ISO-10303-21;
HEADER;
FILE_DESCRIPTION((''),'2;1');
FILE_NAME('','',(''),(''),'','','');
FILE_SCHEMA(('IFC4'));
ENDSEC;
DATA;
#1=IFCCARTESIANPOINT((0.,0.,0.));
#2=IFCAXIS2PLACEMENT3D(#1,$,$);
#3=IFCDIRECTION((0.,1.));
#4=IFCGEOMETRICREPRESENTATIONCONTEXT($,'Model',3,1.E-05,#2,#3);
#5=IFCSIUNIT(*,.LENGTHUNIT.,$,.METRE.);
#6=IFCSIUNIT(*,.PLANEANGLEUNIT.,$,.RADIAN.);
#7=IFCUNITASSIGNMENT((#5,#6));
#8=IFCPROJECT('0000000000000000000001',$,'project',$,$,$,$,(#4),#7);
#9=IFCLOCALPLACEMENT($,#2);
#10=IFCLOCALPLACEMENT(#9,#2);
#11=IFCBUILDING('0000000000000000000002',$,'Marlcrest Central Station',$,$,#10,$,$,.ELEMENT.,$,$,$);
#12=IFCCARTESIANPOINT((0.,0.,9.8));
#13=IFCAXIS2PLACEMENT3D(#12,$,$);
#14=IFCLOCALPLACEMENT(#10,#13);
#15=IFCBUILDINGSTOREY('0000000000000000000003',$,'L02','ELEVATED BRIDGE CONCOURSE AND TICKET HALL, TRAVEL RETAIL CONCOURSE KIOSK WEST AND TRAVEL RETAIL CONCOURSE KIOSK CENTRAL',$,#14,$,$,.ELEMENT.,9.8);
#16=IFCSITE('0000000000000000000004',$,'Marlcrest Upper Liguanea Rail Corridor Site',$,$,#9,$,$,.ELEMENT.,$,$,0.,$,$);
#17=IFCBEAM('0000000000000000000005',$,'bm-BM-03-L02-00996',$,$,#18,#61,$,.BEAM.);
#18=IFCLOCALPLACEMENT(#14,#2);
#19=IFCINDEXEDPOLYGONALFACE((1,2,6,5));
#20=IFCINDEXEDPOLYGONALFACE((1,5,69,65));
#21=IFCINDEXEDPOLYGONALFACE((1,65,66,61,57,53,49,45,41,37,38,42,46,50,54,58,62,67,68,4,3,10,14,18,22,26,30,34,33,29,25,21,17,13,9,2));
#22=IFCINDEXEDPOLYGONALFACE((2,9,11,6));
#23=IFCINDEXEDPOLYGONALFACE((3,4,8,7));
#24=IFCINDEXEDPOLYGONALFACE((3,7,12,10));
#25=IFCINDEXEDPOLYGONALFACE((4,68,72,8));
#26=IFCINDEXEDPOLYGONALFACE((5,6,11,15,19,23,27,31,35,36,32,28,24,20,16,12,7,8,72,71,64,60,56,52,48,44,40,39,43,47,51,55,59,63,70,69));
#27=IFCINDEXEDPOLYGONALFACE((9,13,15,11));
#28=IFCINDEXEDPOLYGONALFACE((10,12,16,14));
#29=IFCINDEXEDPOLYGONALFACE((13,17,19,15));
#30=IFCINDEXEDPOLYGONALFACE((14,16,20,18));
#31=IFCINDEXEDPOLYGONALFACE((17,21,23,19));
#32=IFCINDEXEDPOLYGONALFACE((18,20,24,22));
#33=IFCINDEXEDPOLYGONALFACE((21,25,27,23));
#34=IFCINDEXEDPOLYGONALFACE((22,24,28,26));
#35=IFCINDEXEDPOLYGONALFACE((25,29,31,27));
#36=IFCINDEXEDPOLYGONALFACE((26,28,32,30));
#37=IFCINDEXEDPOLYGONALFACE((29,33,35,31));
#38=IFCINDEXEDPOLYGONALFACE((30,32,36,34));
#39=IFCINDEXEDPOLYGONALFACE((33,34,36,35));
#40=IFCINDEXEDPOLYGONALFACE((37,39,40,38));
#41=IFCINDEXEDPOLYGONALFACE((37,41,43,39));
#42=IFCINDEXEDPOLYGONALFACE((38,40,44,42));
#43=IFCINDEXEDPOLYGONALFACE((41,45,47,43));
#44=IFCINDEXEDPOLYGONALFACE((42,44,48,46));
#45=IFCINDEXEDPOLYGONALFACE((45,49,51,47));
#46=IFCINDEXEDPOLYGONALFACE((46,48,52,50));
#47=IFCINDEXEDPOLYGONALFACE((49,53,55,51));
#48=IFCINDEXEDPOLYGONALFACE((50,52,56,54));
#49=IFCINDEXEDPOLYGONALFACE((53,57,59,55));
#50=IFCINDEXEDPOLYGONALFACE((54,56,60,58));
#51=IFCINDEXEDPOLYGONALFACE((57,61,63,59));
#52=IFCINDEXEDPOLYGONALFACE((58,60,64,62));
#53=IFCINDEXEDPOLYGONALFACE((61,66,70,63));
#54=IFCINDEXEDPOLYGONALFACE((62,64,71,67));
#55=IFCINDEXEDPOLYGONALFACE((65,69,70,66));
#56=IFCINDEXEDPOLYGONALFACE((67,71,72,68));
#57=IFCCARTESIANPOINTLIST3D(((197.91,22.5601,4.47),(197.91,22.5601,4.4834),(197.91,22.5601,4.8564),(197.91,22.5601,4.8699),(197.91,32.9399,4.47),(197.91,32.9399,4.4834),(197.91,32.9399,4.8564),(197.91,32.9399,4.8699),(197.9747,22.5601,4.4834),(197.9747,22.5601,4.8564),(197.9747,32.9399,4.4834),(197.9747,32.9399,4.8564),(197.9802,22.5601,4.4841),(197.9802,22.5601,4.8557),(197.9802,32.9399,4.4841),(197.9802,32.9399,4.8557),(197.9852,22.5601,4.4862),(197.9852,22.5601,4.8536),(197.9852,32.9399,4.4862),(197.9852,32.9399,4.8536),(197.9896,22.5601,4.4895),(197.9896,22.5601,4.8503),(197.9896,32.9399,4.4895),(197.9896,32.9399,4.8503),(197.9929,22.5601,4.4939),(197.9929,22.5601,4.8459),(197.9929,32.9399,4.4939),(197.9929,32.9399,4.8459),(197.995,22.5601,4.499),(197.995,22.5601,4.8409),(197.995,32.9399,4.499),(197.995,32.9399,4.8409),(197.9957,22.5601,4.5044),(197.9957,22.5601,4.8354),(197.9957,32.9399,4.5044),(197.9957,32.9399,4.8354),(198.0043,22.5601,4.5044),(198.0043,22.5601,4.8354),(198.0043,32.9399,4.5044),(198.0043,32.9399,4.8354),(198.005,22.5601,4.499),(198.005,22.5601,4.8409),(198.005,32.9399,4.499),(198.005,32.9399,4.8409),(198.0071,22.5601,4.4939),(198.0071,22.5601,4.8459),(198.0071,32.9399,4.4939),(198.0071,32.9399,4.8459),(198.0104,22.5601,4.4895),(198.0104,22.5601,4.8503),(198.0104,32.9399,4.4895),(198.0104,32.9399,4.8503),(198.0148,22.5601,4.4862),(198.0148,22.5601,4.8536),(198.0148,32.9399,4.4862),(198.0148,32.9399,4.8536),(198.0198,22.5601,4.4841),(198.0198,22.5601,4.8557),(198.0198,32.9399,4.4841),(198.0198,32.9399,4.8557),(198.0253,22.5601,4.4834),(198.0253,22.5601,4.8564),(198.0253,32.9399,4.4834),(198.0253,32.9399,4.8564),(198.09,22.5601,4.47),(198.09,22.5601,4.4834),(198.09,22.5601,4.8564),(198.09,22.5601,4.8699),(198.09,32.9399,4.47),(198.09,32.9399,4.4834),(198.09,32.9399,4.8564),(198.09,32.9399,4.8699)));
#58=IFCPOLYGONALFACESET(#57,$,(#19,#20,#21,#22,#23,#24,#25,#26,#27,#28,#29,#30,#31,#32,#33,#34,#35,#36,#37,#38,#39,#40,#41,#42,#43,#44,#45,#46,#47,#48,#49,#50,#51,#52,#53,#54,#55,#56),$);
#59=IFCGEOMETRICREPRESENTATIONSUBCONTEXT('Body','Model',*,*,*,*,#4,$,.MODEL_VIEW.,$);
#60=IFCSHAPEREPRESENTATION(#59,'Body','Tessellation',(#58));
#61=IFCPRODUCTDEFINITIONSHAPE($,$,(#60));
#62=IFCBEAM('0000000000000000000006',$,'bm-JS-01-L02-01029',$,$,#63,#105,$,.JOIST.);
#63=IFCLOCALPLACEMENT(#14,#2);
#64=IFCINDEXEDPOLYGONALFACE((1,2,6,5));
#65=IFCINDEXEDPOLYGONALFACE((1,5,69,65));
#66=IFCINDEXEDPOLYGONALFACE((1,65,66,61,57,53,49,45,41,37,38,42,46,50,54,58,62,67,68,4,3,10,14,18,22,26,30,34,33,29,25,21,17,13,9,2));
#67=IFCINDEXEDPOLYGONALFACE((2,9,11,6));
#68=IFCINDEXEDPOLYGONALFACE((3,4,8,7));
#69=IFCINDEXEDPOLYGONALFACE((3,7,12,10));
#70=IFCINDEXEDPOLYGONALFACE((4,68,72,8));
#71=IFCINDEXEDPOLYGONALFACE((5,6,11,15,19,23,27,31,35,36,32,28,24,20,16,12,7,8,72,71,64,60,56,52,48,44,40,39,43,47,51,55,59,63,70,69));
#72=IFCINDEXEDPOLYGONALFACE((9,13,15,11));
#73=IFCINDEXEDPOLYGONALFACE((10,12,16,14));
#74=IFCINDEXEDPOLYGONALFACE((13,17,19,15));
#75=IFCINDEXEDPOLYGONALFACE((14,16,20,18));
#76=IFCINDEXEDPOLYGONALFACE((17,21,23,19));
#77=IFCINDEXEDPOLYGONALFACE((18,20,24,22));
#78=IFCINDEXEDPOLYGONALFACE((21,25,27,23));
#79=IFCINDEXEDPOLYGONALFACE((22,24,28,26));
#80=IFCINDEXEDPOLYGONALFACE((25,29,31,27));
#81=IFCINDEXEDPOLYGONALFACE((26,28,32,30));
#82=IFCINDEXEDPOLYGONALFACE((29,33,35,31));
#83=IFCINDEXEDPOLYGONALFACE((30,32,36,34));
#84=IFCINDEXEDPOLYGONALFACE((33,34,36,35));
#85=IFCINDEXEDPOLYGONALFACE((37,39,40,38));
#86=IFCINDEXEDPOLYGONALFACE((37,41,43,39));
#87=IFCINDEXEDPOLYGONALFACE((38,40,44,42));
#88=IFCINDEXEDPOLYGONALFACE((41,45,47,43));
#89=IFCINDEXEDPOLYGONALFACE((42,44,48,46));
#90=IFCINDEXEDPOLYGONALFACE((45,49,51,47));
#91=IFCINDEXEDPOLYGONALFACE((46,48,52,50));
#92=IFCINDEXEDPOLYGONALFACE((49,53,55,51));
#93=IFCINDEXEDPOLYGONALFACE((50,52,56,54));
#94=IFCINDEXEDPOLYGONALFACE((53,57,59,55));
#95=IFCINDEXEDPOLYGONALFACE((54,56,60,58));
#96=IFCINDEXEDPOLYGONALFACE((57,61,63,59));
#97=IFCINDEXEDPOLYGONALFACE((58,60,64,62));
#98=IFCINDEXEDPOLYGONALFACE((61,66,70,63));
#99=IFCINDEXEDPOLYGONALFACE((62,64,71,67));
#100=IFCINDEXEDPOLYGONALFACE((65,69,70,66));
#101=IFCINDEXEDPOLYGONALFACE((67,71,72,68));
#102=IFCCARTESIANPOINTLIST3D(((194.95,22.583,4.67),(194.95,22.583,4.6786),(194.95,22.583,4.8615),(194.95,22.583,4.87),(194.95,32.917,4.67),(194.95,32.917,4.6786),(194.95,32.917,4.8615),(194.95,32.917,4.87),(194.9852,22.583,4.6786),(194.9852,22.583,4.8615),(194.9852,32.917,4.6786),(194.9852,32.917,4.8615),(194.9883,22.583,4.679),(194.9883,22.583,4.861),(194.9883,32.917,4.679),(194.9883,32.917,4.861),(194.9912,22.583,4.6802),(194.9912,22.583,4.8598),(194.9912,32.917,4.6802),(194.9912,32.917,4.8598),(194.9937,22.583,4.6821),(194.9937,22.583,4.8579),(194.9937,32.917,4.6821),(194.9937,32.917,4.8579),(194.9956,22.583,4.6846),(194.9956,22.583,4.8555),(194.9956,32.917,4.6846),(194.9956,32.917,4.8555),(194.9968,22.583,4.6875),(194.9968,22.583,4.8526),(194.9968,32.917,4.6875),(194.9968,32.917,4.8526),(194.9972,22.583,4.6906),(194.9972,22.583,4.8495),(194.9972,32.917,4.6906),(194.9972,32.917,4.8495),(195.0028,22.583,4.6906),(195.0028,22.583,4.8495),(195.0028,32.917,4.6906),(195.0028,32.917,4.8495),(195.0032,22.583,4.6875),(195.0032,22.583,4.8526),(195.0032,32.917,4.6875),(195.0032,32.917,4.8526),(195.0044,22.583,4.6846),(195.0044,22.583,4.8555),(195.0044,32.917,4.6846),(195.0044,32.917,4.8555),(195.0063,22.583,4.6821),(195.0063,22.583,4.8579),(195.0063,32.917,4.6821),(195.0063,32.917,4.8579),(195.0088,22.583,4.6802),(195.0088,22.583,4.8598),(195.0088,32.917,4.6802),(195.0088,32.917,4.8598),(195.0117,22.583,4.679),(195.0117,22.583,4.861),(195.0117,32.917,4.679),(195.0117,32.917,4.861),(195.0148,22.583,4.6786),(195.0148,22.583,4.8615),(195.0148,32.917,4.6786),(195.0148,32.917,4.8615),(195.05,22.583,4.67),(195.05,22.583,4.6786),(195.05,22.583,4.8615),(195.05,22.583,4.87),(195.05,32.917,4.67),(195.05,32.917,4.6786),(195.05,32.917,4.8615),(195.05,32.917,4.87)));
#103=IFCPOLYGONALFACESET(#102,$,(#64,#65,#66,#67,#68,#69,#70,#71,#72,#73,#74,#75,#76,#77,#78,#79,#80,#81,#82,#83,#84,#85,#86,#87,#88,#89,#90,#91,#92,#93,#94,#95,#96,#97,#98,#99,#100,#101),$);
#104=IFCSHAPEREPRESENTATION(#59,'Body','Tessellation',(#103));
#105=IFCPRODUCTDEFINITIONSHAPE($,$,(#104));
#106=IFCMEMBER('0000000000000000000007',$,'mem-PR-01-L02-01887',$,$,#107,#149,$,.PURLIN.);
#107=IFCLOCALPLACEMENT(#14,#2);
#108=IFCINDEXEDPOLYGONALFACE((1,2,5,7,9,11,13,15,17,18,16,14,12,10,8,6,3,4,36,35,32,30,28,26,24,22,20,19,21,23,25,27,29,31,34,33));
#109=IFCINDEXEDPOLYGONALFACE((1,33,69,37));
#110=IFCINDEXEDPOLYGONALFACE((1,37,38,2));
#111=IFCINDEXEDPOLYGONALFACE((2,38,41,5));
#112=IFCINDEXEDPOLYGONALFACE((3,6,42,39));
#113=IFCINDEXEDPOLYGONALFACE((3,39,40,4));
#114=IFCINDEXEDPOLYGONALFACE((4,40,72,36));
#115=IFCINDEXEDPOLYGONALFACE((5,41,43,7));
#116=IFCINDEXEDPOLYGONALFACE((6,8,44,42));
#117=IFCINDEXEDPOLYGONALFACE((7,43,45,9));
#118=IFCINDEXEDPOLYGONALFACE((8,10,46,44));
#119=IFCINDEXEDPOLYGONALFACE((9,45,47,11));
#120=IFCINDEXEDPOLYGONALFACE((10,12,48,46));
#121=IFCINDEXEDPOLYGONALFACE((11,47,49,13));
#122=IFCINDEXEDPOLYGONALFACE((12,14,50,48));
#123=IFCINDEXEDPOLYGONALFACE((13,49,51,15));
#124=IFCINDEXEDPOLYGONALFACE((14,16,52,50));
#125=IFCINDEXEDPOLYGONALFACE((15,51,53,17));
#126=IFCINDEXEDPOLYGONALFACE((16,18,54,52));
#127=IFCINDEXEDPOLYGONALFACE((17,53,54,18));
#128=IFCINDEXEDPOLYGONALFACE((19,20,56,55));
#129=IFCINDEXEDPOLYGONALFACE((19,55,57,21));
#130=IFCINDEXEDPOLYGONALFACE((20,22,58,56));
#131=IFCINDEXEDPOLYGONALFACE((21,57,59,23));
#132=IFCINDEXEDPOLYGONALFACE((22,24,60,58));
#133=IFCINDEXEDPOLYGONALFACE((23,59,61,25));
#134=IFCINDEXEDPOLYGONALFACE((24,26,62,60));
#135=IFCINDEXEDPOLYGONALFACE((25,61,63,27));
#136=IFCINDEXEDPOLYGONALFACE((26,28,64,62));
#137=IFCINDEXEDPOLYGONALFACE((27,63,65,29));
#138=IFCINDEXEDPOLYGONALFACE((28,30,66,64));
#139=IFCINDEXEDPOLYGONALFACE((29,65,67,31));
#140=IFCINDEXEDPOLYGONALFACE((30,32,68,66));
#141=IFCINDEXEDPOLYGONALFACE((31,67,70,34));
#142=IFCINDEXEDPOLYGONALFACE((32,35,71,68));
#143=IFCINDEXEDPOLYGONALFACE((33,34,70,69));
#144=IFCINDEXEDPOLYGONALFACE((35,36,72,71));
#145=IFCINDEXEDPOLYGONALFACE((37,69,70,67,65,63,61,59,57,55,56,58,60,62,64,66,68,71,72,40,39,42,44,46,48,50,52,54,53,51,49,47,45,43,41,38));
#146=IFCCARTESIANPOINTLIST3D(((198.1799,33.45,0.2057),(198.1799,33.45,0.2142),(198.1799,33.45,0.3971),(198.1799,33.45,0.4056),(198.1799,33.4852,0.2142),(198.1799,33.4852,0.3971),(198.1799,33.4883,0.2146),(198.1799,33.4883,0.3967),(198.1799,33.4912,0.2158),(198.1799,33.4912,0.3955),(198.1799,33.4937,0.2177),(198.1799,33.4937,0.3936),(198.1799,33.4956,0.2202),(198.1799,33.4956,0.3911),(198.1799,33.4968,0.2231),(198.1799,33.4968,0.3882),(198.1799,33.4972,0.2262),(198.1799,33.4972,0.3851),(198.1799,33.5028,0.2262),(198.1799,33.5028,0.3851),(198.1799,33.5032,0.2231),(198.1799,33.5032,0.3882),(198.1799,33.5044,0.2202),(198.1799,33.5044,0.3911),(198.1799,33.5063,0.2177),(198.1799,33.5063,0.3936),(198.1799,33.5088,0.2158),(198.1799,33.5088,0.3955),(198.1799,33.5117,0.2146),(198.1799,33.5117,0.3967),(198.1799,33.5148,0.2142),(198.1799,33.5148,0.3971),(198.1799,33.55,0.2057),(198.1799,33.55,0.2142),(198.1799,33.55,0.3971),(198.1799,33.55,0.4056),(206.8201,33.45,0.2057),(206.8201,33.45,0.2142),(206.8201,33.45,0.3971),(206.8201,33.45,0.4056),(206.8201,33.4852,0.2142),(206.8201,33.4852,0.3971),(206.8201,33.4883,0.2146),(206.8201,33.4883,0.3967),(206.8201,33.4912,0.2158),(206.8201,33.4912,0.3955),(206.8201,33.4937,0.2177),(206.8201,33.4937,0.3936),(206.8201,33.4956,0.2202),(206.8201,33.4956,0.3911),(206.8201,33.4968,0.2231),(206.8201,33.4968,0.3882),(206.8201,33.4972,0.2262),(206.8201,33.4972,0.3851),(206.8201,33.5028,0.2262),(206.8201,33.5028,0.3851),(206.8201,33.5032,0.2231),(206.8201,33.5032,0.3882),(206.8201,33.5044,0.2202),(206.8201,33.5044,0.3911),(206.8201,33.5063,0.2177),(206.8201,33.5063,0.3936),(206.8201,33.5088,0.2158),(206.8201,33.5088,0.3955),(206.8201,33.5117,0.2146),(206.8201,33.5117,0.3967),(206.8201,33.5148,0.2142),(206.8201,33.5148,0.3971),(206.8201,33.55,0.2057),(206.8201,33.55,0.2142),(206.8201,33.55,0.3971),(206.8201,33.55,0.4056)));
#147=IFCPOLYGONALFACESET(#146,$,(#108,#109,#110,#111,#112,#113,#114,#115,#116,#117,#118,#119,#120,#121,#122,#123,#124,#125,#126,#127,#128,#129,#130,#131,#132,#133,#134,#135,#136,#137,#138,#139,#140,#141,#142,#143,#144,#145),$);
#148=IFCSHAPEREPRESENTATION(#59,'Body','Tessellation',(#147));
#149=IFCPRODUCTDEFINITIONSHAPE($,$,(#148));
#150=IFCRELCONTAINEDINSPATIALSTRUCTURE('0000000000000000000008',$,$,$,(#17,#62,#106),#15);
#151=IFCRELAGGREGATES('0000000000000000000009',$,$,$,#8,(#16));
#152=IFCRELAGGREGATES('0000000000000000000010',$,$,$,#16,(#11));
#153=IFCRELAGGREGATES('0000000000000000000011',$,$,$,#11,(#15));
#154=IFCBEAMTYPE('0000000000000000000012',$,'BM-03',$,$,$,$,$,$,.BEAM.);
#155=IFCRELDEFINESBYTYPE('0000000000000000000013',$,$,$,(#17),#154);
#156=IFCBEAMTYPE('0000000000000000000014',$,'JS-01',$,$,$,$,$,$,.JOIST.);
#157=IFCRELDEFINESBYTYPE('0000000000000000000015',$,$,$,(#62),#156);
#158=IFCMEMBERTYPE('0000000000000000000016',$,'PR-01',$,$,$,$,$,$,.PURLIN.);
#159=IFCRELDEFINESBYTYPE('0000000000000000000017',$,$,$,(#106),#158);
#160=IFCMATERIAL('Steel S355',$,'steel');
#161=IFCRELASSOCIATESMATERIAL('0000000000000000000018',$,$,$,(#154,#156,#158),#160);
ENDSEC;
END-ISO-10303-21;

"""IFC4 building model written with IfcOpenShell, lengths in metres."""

from ifc_helpers import new_model, si_unit, direction, frame, origin, origin_2d, place, context, subcontext, project, spatial, i_section, extrude, material, material_profile, profile_set, type_object, element, save


model = new_model("IFC4")

# Units and contexts
model_context = context("Model", 3, precision=1e-05, world=origin(), true_north=direction((0.0, 1.0)))
body_context = subcontext(model_context, "Body", "Model", "MODEL_VIEW")
ifc_project = project(units=[si_unit("LENGTHUNIT", "METRE"), si_unit("PLANEANGLEUNIT", "RADIAN")], contexts=[model_context])

# Site, building, storey
site_placement = place(None, origin())
site = spatial("IfcSite", under=ifc_project, at=site_placement, Name="Marlcrest Upper Liguanea Rail Corridor Site", CompositionType="ELEMENT", RefElevation=0.0)
building_placement = place(site_placement, origin())
building = spatial("IfcBuilding", under=site, at=building_placement, Name="Marlcrest Central Station", CompositionType="ELEMENT")
storey_placement = place(building_placement, frame((0.0, 0.0, 9.8)))
storey = spatial("IfcBuildingStorey", under=building, at=storey_placement, Name="L02", Description="ELEVATED BRIDGE CONCOURSE AND TICKET HALL, TRAVEL RETAIL CONCOURSE KIOSK WEST AND TRAVEL RETAIL CONCOURSE KIOSK CENTRAL", CompositionType="ELEMENT", Elevation=9.8)

# Shared definitions
ifc_material_1 = material(Name="Steel S355", Category="steel")

# Beams
ifc_material_profile_1 = material_profile(ifc_material_1, i_section(OverallWidth=0.1799, OverallDepth=0.3999, WebThickness=0.0085, FlangeThickness=0.0134, FilletRadius=0.021, at=origin_2d()), Name="IPE 400")
ifc_profile_set_1 = profile_set([ifc_material_profile_1], Name="Steel S355")
beam_type_1 = type_object("IfcBeamType", Name="BM-03", PredefinedType="BEAM", material=ifc_profile_set_1)
beam_1_placement = place(storey_placement, frame((198.0, 22.5601, 4.6699), z_axis=(0.0, 1.0, 0.0), x_axis=(-1.0, 0.0, 0.0)))
element("IfcBeam", 1, at=beam_1_placement, inside=storey, type_object=beam_type_1, Name="bm-BM-03-L02-00996", PredefinedType="BEAM", context=body_context, shape_type="SweptSolid", body=[
    extrude(i_section(OverallWidth=0.1799, OverallDepth=0.3999, WebThickness=0.0085, FlangeThickness=0.0134, FilletRadius=0.021, at=origin_2d()), origin(), (0.0, 0.0, 1.0), 10.3799),
])
ifc_material_profile_2 = material_profile(ifc_material_1, i_section(OverallWidth=0.1001, OverallDepth=0.2, WebThickness=0.0056, FlangeThickness=0.0085, FilletRadius=0.012, at=origin_2d()), Name="IPE 200")
ifc_profile_set_2 = profile_set([ifc_material_profile_2], Name="Steel S355")
beam_type_2 = type_object("IfcBeamType", Name="JS-01", PredefinedType="JOIST", material=ifc_profile_set_2)
beam_2_placement = place(storey_placement, frame((195.0, 22.583, 4.77), z_axis=(0.0, 1.0, 0.0), x_axis=(-1.0, 0.0, 0.0)))
element("IfcBeam", 2, at=beam_2_placement, inside=storey, type_object=beam_type_2, Name="bm-JS-01-L02-01029", PredefinedType="JOIST", context=body_context, shape_type="SweptSolid", body=[
    extrude(i_section(OverallWidth=0.1001, OverallDepth=0.2, WebThickness=0.0056, FlangeThickness=0.0085, FilletRadius=0.012, at=origin_2d()), origin(), (0.0, 0.0, 1.0), 10.334),
])

# Member
ifc_material_profile_3 = material_profile(ifc_material_1, i_section(OverallWidth=0.1001, OverallDepth=0.2, WebThickness=0.0056, FlangeThickness=0.0085, FilletRadius=0.012, at=origin_2d()), Name="IPE 200")
ifc_profile_set_3 = profile_set([ifc_material_profile_3], Name="Steel S355")
member_type_1 = type_object("IfcMemberType", Name="PR-01", PredefinedType="PURLIN", material=ifc_profile_set_3)
member_1_placement = place(storey_placement, frame((198.1799, 33.5, 0.3057), z_axis=(1.0, 0.0, 0.0), x_axis=(0.0, 1.0, 0.0)))
element("IfcMember", 3, at=member_1_placement, inside=storey, type_object=member_type_1, Name="mem-PR-01-L02-01887", PredefinedType="PURLIN", context=body_context, shape_type="SweptSolid", body=[
    extrude(i_section(OverallWidth=0.1001, OverallDepth=0.2, WebThickness=0.0056, FlangeThickness=0.0085, FilletRadius=0.012, at=origin_2d()), origin(), (0.0, 0.0, 1.0), 8.6401),
])

save(model, "model.ifc")
